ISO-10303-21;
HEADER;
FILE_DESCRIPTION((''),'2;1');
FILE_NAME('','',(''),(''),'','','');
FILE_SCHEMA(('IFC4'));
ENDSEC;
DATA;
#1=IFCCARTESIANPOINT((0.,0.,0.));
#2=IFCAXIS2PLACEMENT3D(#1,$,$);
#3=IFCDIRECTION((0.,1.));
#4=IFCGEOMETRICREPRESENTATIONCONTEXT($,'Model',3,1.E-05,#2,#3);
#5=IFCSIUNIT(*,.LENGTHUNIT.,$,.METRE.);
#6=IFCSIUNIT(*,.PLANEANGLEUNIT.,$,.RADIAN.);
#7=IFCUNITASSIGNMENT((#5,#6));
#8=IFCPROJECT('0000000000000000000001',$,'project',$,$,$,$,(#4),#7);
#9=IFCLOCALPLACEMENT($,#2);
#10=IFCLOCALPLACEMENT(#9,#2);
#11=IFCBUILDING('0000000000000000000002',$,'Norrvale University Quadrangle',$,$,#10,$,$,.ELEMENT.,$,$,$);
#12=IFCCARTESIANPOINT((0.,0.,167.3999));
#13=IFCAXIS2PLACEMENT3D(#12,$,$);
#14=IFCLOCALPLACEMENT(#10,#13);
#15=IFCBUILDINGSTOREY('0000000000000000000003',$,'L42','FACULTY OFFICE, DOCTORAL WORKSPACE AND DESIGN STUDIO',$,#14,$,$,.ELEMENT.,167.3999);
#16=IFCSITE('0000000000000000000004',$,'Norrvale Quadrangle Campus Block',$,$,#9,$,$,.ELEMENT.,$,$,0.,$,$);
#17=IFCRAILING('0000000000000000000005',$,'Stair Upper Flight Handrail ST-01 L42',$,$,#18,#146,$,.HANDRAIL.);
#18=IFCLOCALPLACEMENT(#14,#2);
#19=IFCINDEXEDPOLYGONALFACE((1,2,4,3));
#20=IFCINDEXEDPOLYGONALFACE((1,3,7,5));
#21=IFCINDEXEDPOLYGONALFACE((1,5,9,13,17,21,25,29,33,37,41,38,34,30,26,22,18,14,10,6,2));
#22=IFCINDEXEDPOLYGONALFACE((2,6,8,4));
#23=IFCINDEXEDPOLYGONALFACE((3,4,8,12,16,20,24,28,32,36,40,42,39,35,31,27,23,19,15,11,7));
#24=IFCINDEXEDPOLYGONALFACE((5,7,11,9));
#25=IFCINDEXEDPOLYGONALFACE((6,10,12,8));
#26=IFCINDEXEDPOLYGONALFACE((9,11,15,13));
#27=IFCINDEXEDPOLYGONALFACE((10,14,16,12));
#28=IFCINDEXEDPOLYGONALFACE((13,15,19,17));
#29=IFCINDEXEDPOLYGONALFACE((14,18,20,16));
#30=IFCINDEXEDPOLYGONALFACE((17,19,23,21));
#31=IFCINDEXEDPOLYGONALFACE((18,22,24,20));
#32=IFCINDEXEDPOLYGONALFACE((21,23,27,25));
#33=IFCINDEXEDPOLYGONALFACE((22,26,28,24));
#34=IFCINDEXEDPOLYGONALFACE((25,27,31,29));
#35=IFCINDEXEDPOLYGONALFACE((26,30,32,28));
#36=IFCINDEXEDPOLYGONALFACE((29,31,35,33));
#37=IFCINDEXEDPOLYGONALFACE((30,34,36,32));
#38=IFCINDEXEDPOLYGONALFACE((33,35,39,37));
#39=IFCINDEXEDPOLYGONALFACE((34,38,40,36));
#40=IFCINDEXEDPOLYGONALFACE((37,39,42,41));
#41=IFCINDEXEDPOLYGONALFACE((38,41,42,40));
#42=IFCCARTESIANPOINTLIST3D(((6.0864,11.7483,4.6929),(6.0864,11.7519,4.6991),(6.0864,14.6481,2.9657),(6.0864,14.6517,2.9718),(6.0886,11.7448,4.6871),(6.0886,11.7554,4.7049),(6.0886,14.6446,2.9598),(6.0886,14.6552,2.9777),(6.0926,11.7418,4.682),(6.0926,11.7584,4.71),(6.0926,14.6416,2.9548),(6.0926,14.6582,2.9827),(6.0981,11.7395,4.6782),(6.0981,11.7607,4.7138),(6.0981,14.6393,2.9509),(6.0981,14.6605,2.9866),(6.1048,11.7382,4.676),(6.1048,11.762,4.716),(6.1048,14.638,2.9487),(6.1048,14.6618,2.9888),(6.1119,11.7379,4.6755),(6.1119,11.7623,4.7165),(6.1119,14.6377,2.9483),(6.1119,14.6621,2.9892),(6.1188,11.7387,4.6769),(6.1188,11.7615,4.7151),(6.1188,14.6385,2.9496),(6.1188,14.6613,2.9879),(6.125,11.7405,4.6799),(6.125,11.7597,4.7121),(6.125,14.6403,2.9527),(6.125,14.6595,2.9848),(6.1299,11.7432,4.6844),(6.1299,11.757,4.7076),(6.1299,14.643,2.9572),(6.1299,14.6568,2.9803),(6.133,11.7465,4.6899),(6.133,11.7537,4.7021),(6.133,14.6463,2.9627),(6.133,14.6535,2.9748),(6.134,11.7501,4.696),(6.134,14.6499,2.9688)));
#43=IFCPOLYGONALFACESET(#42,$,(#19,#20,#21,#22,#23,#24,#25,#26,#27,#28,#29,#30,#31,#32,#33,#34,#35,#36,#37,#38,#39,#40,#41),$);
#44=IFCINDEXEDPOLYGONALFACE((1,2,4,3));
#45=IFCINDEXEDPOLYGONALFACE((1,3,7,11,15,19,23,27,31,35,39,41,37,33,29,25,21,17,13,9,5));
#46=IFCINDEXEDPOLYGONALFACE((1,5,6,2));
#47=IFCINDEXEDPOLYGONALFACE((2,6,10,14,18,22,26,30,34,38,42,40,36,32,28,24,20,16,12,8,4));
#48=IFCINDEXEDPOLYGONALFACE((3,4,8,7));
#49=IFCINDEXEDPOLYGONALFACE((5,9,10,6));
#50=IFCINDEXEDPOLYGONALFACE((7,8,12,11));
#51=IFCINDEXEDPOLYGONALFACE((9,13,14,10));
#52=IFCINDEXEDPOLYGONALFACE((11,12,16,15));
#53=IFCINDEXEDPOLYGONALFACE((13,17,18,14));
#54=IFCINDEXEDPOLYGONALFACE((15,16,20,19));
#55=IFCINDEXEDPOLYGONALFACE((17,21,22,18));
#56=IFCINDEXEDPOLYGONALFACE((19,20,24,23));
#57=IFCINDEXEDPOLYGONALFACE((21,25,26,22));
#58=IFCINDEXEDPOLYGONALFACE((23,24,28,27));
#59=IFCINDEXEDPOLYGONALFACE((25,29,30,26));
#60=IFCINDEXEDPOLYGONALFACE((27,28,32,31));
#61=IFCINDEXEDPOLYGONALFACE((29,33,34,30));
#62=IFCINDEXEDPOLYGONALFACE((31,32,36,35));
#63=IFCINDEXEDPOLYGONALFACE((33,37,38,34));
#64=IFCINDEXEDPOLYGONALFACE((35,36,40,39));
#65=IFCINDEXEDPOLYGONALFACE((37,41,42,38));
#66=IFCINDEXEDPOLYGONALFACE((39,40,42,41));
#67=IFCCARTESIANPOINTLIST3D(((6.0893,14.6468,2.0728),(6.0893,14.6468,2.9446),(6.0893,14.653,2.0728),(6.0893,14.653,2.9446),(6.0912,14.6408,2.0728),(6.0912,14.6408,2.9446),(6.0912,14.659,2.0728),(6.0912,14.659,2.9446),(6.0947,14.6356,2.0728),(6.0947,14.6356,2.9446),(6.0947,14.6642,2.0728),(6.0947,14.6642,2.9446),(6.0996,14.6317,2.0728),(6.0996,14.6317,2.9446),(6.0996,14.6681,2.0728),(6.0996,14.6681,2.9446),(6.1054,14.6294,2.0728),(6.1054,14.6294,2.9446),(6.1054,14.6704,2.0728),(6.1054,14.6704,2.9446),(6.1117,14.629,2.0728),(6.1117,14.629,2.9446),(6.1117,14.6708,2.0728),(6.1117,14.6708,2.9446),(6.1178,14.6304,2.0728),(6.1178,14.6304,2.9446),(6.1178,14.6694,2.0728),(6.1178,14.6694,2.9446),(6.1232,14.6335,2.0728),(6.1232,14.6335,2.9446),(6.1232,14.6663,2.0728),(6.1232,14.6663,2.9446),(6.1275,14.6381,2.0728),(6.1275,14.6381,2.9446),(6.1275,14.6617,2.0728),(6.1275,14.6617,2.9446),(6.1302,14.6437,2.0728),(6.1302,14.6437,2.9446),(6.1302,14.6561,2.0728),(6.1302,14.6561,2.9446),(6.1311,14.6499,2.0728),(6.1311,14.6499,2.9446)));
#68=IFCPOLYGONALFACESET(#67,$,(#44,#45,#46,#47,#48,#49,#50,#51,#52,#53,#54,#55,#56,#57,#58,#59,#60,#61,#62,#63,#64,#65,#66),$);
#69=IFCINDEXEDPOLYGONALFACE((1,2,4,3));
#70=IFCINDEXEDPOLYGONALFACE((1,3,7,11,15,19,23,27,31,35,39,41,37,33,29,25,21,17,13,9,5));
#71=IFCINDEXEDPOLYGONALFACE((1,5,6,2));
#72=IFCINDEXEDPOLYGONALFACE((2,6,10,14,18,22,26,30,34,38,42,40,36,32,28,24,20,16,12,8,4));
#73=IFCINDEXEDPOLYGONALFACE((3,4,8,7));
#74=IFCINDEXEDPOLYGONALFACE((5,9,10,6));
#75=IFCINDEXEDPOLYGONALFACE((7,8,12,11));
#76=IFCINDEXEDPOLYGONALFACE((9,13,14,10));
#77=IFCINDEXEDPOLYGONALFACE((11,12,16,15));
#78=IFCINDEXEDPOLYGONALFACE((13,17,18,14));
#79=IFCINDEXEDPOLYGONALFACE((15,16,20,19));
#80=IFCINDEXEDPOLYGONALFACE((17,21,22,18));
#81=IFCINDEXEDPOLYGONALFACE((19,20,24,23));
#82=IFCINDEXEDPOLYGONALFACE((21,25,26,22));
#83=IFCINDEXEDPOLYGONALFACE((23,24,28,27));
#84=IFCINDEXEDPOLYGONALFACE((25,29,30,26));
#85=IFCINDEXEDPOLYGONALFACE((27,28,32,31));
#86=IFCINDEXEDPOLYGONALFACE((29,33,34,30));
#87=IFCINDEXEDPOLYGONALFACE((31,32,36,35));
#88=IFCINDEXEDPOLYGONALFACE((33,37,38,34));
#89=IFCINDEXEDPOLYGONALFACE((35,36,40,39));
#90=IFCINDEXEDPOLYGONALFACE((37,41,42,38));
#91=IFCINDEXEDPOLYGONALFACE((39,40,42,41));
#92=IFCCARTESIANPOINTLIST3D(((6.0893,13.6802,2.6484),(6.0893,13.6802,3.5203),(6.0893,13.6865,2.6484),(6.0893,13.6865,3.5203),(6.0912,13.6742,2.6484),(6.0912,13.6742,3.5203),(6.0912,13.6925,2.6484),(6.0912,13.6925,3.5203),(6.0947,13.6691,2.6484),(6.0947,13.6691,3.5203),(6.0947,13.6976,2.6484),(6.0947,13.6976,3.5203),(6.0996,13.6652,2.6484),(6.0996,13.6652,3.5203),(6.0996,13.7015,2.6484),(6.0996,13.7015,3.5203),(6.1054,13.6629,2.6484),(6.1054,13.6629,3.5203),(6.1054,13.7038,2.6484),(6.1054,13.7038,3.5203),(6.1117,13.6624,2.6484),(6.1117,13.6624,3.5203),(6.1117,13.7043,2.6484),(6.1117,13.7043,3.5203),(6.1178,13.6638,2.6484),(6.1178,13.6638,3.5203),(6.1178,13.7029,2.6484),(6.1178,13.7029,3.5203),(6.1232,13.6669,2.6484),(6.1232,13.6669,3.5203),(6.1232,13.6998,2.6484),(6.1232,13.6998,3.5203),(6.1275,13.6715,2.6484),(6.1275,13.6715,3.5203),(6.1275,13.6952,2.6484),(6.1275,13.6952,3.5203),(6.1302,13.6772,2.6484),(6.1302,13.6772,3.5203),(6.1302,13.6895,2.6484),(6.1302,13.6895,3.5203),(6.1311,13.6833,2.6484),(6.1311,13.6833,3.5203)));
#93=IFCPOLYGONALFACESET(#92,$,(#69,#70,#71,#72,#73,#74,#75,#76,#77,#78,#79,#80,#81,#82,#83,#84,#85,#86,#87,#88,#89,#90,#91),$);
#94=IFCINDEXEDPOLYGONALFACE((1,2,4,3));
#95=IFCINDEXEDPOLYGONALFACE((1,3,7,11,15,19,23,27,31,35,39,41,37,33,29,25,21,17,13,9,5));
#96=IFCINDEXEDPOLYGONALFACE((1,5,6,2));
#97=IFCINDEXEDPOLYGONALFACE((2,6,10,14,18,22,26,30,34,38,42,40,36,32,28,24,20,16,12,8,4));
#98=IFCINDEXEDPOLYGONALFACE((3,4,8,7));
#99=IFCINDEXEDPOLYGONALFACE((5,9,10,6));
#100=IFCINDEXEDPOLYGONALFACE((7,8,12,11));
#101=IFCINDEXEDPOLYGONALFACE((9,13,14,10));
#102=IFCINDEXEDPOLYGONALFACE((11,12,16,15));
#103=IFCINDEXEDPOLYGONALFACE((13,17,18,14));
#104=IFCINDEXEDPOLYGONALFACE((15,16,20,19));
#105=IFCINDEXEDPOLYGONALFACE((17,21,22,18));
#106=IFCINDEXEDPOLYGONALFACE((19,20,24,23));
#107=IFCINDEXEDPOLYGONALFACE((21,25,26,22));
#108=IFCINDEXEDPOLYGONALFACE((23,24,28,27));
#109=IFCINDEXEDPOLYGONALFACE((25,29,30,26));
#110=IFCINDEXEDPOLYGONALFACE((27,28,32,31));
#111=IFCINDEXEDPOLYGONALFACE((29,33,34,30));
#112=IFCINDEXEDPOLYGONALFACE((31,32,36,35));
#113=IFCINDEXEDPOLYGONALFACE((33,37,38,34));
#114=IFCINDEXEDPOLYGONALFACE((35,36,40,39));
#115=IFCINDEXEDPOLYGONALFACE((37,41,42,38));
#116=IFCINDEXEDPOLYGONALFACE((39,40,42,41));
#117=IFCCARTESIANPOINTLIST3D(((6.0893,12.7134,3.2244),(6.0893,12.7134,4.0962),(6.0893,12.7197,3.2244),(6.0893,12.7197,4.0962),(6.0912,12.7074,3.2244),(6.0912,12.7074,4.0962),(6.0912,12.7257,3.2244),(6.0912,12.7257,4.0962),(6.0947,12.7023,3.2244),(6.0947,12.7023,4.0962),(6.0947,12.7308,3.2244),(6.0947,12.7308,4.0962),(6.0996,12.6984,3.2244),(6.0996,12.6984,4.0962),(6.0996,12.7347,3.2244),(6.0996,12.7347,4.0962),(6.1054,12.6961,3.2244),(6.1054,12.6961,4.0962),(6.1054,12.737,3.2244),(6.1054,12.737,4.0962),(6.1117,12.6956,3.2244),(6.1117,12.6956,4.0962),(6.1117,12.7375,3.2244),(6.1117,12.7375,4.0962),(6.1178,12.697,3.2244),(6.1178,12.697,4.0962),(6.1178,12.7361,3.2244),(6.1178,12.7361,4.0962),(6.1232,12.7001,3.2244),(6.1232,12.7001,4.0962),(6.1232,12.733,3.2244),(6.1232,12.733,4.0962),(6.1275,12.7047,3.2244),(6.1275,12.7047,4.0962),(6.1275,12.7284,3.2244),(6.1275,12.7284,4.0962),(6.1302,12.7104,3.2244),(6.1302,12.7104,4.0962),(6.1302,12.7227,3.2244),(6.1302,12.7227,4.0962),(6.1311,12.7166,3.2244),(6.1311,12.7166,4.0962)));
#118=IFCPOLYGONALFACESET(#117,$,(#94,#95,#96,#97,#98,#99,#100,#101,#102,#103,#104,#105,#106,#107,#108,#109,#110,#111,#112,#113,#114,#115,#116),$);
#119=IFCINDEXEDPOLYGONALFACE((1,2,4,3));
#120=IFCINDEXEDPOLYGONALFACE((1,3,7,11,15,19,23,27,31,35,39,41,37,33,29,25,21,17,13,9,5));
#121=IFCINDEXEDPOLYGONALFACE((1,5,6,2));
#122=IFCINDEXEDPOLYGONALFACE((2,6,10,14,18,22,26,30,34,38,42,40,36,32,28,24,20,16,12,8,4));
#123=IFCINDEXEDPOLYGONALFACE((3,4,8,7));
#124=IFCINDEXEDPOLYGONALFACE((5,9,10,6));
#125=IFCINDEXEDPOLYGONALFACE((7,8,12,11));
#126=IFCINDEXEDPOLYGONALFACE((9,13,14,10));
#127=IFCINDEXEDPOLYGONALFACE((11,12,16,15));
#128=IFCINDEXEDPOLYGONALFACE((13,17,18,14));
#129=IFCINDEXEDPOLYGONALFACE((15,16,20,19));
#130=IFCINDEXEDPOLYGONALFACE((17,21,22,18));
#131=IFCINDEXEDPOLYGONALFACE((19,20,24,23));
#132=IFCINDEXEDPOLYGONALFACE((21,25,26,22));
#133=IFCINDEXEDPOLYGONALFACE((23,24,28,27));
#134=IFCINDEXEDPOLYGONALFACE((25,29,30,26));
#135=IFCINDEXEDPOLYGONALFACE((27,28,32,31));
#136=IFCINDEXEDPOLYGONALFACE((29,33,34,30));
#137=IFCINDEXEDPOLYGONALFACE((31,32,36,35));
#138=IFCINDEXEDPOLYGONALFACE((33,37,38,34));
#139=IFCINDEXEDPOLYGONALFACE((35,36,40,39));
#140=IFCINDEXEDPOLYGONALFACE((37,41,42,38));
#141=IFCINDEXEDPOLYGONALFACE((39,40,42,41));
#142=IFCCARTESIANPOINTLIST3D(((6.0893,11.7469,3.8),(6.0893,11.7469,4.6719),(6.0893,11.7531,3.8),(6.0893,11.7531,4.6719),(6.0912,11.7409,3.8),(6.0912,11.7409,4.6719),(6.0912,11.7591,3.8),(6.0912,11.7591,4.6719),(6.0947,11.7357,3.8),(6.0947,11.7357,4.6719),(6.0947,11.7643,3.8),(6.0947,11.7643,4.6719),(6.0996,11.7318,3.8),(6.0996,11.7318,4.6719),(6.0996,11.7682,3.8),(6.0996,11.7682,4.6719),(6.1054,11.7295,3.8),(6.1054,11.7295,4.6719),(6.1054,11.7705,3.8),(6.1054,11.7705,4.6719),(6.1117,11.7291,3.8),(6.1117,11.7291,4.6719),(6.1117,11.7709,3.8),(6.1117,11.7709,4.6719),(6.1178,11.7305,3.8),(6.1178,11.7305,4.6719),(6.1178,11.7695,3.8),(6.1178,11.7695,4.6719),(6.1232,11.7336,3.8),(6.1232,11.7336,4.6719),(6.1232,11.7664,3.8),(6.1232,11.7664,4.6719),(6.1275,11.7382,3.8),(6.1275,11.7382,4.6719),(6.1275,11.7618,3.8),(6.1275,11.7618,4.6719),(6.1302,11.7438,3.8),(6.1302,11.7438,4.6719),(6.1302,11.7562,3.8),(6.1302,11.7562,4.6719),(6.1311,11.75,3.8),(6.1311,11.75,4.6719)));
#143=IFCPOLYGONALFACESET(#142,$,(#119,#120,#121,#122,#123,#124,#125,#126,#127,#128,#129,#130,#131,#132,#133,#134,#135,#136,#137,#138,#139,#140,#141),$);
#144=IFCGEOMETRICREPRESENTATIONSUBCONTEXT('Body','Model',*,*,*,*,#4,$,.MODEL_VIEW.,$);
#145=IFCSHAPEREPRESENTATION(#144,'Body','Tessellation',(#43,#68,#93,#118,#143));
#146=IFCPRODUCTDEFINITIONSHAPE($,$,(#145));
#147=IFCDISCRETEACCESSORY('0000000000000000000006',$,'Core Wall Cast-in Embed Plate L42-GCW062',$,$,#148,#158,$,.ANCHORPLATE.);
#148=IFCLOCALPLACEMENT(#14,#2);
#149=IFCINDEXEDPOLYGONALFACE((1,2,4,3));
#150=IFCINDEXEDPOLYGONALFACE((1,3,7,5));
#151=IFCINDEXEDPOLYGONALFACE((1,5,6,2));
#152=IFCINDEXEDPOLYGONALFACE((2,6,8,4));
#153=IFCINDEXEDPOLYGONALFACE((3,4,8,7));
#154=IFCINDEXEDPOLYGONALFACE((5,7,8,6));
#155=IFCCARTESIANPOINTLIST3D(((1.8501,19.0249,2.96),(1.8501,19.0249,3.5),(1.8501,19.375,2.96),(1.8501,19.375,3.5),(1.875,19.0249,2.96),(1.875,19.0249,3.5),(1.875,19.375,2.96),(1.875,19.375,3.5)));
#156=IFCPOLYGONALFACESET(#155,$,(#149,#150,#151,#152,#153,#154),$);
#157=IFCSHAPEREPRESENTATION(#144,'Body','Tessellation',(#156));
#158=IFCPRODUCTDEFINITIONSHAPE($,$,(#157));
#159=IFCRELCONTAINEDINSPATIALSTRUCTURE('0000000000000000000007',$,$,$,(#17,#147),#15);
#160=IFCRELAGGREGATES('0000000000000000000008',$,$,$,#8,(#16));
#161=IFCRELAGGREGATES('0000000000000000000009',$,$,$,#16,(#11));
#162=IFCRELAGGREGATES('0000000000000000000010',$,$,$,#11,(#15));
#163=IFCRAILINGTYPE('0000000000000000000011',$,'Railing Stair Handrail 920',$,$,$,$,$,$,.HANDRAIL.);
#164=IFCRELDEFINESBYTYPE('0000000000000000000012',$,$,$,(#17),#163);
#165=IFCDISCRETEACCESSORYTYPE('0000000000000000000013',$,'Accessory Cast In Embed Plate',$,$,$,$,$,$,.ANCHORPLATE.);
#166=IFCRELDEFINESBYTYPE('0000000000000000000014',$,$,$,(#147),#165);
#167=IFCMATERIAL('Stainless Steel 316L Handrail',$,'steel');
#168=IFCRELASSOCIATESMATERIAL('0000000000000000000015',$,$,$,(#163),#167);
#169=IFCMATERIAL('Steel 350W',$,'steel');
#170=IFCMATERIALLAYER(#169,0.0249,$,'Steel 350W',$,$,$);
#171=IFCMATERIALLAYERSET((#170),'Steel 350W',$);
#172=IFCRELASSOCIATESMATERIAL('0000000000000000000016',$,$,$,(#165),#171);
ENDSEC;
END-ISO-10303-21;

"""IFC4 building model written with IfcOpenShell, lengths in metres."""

from ifc_helpers import new_model, si_unit, direction, frame, origin, origin_2d, place, context, subcontext, project, spatial, rectangle, circle, extrude, material, layer, layer_set, type_object, element, save


model = new_model("IFC4")

# Units and contexts
model_context = context("Model", 3, precision=1e-05, world=origin(), true_north=direction((0.0, 1.0)))
body_context = subcontext(model_context, "Body", "Model", "MODEL_VIEW")
ifc_project = project(units=[si_unit("LENGTHUNIT", "METRE"), si_unit("PLANEANGLEUNIT", "RADIAN")], contexts=[model_context])

# Site, building, storey
site_placement = place(None, origin())
site = spatial("IfcSite", under=ifc_project, at=site_placement, Name="Norrvale Quadrangle Campus Block", CompositionType="ELEMENT", RefElevation=0.0)
building_placement = place(site_placement, origin())
building = spatial("IfcBuilding", under=site, at=building_placement, Name="Norrvale University Quadrangle", CompositionType="ELEMENT")
storey_placement = place(building_placement, frame((0.0, 0.0, 167.3999)))
storey = spatial("IfcBuildingStorey", under=building, at=storey_placement, Name="L42", Description="FACULTY OFFICE, DOCTORAL WORKSPACE AND DESIGN STUDIO", CompositionType="ELEMENT", Elevation=167.3999)

# Shared definitions
ifc_material_1 = material(Name="Steel 350W", Category="steel")

# Railing
ifc_material_2 = material(Name="Stainless Steel 316L Handrail", Category="steel")
railing_type_1 = type_object("IfcRailingType", Name="Railing Stair Handrail 920", PredefinedType="HANDRAIL", material=ifc_material_2)
railing_1_placement = place(storey_placement, frame((6.1101, 14.6499, 2.0728)))
element("IfcRailing", 1, at=railing_1_placement, inside=storey, type_object=railing_type_1, Name="Stair Upper Flight Handrail ST-01 L42", PredefinedType="HANDRAIL", context=body_context, shape_type="SweptSolid", body=[
    extrude(circle(Radius=0.0239, at=origin_2d()), frame((0.0, 0.0, 0.896), z_axis=(0.0, -0.859141, 0.511738), x_axis=(1.0, 0.0, 0.0)), (0.0, 0.0, 1.0), 3.3752),
    extrude(circle(Radius=0.021, at=origin_2d()), origin(), (0.0, 0.0, 1.0), 0.8718),
    extrude(circle(Radius=0.021, at=origin_2d()), frame((0.0, -0.9666, 0.5757)), (0.0, 0.0, 1.0), 0.8718),
    extrude(circle(Radius=0.021, at=origin_2d()), frame((0.0, -1.9333, 1.1516)), (0.0, 0.0, 1.0), 0.8718),
    extrude(circle(Radius=0.021, at=origin_2d()), frame((0.0, -2.8999, 1.7273)), (0.0, 0.0, 1.0), 0.8718),
])

# Discrete accessory
ifc_layer_1 = layer(ifc_material_1, 0.0249, Name="Steel 350W")
ifc_layer_set_1 = layer_set([ifc_layer_1], Name="Steel 350W")
discrete_accessory_type = type_object("IfcDiscreteAccessoryType", Name="Accessory Cast In Embed Plate", PredefinedType="ANCHORPLATE", material=ifc_layer_set_1)
discrete_accessory_placement = place(storey_placement, frame((1.8625, 19.2, 2.96), z_axis=(0.0, 0.0, 1.0), x_axis=(1.0, 0.0, 0.0)))
element("IfcDiscreteAccessory", 2, at=discrete_accessory_placement, inside=storey, type_object=discrete_accessory_type, Name="Core Wall Cast-in Embed Plate L42-GCW062", PredefinedType="ANCHORPLATE", context=body_context, shape_type="SweptSolid", body=[
    extrude(rectangle(XDim=0.0249, YDim=0.3501, at=origin_2d()), origin(), (0.0, 0.0, 1.0), 0.54),
])

save(model, "model.ifc")
